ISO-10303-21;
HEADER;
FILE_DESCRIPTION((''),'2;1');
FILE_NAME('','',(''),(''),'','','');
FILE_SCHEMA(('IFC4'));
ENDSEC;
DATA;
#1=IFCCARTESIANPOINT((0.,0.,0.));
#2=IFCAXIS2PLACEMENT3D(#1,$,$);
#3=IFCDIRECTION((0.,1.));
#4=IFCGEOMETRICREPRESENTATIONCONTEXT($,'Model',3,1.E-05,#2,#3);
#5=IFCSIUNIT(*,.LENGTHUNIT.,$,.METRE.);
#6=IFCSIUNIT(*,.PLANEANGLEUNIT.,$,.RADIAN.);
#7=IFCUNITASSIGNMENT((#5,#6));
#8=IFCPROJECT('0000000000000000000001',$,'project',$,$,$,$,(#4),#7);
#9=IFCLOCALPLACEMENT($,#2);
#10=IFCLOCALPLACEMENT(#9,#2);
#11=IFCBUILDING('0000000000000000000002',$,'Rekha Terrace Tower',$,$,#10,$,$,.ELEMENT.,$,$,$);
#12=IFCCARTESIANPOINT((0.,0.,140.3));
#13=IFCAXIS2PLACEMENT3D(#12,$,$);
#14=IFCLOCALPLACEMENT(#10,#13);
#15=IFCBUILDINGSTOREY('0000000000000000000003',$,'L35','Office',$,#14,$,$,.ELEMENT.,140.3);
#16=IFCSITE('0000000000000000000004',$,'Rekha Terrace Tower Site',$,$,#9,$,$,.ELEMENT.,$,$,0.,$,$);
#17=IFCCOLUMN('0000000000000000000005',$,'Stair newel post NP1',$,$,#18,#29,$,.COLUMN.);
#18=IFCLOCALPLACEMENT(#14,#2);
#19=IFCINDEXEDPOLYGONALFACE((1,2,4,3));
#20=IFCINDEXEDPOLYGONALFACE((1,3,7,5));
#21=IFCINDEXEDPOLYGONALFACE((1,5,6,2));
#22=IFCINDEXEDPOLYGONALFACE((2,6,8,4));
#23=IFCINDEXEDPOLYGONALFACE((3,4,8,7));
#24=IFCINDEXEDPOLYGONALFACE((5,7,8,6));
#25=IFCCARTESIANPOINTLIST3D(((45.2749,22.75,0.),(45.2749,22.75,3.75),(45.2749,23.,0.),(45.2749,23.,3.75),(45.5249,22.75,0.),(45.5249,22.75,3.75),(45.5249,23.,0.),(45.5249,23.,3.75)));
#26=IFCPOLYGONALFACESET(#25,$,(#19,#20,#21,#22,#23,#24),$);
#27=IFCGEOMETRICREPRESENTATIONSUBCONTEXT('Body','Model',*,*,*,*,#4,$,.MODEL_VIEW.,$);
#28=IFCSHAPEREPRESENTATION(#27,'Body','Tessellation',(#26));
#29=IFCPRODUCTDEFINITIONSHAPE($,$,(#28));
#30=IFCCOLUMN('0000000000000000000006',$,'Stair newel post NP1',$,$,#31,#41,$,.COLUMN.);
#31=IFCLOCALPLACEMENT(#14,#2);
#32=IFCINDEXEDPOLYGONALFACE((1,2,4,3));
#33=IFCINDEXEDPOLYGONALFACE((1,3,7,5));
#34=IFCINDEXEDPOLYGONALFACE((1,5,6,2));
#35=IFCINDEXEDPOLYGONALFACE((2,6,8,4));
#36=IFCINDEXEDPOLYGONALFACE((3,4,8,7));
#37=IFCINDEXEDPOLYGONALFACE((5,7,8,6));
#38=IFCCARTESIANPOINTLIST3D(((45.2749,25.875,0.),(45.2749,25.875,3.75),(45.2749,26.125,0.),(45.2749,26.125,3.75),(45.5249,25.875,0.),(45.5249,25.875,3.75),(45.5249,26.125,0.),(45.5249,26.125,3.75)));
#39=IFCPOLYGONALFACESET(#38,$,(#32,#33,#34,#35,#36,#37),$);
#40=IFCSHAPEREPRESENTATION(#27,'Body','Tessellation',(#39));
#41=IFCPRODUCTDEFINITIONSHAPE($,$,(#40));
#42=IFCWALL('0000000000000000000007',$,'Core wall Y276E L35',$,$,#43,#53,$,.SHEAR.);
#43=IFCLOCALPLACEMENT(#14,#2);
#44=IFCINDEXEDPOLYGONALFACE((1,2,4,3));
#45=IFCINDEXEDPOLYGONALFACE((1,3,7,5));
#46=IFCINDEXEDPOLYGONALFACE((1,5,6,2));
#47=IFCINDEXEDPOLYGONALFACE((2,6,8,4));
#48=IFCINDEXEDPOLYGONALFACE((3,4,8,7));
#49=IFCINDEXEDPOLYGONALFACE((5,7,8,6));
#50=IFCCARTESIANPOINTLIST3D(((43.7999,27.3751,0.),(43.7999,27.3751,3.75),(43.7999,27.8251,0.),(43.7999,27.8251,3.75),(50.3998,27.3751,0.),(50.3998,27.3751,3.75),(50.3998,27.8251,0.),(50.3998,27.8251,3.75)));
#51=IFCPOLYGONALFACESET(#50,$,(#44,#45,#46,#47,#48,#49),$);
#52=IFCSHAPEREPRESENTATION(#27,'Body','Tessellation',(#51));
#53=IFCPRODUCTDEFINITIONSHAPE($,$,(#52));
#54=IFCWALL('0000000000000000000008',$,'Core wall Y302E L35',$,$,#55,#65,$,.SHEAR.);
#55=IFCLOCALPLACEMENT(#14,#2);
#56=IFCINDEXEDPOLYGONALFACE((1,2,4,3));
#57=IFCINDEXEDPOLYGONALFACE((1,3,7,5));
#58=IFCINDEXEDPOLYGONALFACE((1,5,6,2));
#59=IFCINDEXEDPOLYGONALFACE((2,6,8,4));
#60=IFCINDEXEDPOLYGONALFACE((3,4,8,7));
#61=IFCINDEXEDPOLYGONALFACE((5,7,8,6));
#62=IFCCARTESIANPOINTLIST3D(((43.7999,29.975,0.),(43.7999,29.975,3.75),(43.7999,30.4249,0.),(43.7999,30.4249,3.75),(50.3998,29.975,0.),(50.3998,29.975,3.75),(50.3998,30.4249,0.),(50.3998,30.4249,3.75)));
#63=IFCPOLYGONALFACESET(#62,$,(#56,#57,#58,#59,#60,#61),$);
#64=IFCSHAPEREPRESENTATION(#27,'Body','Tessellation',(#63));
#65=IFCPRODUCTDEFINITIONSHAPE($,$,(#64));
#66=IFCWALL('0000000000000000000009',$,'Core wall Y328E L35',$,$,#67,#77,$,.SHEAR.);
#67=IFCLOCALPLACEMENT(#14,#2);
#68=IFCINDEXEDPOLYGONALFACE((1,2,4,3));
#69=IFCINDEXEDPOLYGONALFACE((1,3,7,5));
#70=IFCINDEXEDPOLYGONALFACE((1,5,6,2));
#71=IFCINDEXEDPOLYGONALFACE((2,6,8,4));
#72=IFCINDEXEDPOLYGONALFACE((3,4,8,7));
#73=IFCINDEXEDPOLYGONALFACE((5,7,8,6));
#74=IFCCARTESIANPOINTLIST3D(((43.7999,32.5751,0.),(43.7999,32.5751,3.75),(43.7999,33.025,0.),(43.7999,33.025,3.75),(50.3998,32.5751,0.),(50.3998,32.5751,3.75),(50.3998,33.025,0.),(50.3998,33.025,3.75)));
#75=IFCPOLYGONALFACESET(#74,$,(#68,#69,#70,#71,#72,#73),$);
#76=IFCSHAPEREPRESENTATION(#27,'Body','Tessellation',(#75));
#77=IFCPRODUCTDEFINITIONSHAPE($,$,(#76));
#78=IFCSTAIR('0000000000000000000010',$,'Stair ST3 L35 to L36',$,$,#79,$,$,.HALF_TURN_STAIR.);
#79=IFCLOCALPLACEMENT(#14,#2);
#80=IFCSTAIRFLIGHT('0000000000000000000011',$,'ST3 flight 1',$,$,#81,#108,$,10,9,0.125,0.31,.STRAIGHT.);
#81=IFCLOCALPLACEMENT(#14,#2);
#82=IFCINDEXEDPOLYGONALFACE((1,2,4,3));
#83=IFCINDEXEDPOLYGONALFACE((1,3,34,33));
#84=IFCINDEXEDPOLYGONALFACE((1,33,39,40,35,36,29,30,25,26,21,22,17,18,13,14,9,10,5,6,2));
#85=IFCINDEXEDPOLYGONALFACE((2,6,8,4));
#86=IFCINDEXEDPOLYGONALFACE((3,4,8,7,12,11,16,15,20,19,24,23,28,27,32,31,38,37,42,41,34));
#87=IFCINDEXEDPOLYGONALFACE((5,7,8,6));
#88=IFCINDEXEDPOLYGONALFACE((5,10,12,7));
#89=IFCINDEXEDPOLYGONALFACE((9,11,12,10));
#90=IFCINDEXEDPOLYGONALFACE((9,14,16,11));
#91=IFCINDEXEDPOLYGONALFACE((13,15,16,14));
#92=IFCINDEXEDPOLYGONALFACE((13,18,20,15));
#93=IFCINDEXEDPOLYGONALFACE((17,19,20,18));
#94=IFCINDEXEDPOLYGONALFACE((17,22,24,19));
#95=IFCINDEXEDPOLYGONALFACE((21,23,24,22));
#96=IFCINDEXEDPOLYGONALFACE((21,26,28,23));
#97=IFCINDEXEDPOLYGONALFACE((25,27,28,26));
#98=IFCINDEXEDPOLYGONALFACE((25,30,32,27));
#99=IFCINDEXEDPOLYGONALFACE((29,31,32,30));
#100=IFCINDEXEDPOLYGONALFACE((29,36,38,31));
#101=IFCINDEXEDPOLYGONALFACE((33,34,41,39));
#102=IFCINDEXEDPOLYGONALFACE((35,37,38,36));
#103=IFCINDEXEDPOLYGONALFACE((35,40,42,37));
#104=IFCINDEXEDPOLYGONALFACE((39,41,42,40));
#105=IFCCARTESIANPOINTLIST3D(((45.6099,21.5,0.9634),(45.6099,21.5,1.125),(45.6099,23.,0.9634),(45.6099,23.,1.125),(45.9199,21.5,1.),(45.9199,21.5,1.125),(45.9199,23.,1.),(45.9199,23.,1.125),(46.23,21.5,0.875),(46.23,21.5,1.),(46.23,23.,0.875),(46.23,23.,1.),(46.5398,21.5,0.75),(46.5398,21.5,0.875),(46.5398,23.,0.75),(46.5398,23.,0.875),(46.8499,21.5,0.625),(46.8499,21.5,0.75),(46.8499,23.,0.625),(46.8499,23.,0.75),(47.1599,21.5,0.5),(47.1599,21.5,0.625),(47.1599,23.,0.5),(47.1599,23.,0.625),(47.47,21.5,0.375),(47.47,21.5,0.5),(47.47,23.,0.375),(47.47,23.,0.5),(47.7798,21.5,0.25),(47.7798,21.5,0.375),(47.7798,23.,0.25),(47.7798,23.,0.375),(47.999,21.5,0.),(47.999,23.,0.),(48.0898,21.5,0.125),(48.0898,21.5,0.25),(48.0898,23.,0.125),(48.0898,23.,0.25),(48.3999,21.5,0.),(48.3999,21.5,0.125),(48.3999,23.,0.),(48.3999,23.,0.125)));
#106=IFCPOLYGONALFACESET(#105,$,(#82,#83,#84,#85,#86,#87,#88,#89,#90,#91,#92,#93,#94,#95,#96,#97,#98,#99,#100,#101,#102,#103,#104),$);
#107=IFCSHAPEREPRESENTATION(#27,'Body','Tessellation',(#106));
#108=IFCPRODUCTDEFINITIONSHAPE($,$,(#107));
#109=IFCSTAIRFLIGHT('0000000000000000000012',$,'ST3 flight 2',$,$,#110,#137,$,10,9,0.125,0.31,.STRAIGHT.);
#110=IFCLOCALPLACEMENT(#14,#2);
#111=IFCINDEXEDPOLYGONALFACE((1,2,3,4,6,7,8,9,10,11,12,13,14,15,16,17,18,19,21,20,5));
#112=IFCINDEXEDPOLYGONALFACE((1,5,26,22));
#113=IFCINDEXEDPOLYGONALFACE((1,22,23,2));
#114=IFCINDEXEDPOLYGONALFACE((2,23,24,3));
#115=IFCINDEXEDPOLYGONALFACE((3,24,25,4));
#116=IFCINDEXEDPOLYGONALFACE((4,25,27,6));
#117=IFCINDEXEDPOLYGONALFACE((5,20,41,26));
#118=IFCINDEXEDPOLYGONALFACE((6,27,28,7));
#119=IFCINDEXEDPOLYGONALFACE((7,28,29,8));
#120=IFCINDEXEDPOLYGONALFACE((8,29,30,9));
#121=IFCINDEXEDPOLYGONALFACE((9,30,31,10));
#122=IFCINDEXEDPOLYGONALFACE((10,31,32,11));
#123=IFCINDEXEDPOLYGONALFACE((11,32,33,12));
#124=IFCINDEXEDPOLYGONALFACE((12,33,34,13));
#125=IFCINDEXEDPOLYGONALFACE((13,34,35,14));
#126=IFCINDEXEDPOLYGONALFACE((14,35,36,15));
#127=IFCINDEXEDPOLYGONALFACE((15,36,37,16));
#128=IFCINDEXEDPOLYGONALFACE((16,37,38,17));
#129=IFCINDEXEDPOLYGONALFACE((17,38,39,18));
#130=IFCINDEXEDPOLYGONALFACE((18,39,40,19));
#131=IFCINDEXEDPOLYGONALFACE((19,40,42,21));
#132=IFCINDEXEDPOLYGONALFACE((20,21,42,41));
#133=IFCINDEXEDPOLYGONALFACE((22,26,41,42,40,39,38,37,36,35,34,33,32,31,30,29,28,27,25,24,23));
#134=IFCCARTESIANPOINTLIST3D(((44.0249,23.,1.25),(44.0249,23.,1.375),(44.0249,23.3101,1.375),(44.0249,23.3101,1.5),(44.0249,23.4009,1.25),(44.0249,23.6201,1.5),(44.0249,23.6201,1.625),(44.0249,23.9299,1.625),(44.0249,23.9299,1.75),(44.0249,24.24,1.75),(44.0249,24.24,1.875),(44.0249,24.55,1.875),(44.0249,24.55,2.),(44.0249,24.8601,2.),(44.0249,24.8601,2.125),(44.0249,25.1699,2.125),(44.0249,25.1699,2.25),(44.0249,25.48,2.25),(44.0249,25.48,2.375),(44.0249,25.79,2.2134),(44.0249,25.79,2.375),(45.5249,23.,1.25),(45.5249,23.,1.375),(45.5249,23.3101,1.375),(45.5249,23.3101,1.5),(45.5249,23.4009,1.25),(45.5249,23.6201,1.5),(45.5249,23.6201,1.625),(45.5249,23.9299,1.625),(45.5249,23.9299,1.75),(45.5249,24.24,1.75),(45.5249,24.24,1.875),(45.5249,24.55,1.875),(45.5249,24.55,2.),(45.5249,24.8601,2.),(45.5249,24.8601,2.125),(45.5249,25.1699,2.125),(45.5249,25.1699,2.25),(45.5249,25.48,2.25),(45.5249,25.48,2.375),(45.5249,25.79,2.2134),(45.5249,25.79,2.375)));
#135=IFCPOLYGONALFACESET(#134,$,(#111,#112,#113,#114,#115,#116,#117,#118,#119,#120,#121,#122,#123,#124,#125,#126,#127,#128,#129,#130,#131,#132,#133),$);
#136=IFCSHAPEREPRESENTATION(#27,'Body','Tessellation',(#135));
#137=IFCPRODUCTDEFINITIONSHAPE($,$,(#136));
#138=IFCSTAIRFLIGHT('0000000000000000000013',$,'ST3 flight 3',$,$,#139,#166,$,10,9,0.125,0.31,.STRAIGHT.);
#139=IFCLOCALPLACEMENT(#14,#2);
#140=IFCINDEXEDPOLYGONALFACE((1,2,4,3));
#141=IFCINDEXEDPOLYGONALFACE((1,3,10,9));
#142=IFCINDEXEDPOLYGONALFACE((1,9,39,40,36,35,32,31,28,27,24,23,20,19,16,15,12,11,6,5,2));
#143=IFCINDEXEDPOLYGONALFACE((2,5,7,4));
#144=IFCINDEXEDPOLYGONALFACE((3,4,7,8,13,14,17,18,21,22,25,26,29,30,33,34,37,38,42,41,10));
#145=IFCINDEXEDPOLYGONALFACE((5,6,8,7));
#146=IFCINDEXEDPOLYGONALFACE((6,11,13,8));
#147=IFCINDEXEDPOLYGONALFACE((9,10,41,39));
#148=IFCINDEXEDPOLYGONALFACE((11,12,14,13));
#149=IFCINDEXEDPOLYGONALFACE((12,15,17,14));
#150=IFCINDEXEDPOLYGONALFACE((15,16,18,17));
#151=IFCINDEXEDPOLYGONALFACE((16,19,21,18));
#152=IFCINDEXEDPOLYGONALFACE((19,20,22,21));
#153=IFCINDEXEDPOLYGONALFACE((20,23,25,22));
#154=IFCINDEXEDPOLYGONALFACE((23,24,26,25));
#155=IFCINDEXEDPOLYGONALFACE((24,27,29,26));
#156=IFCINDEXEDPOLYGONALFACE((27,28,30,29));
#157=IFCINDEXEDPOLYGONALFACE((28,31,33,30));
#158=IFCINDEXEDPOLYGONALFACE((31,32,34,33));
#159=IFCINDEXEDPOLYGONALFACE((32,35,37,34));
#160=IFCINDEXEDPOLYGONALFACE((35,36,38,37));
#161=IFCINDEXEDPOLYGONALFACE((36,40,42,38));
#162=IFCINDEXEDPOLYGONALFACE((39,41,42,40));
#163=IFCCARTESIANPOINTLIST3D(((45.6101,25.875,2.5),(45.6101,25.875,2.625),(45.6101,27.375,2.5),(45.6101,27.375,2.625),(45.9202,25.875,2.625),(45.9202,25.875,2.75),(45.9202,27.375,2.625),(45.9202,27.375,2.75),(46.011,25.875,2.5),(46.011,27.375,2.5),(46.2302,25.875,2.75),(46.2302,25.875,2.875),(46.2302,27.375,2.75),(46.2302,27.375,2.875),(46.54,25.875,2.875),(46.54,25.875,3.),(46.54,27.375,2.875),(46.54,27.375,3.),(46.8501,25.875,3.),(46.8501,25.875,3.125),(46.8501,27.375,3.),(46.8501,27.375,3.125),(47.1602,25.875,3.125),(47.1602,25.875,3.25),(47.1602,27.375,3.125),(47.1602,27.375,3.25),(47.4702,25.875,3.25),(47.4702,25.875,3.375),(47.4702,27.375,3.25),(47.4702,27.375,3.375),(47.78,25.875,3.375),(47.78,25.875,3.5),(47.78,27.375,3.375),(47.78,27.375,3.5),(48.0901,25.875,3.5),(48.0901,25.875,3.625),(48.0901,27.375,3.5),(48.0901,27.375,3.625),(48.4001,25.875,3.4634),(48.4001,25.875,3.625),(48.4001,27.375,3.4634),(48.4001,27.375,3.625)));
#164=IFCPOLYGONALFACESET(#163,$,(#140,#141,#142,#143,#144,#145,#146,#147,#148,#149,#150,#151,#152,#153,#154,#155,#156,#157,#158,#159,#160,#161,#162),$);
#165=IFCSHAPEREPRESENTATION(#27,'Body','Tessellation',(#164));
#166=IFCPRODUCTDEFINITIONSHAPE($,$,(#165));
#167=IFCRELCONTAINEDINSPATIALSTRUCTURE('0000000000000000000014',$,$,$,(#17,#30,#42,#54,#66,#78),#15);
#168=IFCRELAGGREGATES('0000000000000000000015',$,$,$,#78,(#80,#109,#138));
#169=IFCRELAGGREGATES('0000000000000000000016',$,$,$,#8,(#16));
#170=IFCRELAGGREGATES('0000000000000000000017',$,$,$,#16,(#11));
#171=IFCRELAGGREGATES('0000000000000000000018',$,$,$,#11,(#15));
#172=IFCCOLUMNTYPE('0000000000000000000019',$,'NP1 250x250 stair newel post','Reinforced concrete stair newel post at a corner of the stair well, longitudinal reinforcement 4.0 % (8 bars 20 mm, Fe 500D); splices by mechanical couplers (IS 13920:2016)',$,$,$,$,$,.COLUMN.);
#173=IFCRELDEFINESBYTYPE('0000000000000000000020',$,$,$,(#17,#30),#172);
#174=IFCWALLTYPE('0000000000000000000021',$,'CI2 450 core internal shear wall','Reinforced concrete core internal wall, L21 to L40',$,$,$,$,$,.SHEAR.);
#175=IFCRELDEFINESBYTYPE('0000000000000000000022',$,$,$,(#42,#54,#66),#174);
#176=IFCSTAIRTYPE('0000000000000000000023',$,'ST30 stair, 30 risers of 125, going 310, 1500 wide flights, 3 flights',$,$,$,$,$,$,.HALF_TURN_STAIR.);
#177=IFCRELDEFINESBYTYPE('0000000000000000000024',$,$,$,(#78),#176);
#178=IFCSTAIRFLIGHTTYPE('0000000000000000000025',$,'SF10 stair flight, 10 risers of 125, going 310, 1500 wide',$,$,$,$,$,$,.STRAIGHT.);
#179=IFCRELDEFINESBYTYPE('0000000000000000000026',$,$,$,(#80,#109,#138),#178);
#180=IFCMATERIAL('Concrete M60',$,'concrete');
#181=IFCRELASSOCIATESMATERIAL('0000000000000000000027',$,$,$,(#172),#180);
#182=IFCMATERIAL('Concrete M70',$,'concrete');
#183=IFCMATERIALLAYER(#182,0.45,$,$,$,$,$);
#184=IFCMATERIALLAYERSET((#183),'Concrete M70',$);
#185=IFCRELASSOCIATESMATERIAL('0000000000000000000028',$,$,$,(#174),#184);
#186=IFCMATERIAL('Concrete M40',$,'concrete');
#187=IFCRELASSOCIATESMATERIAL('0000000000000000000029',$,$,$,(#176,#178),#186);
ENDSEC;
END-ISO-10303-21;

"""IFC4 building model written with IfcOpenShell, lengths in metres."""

from ifc_helpers import new_model, si_unit, direction, frame, frame_2d, origin, origin_2d, place, context, subcontext, project, spatial, polyline, rectangle, outline, extrude, material, layer, layer_set, material_profile, profile_set, type_object, element, aggregate, save


model = new_model("IFC4")

# Units and contexts
model_context = context("Model", 3, precision=1e-05, world=origin(), true_north=direction((0.0, 1.0)))
body_context = subcontext(model_context, "Body", "Model", "MODEL_VIEW")
ifc_project = project(units=[si_unit("LENGTHUNIT", "METRE"), si_unit("PLANEANGLEUNIT", "RADIAN")], contexts=[model_context])

# Site, building, storey
site_placement = place(None, origin())
site = spatial("IfcSite", under=ifc_project, at=site_placement, Name="Rekha Terrace Tower Site", CompositionType="ELEMENT", RefElevation=0.0)
building_placement = place(site_placement, origin())
building = spatial("IfcBuilding", under=site, at=building_placement, Name="Rekha Terrace Tower", CompositionType="ELEMENT")
storey_placement = place(building_placement, frame((0.0, 0.0, 140.3)))
storey = spatial("IfcBuildingStorey", under=building, at=storey_placement, Name="L35", Description="Office", CompositionType="ELEMENT", Elevation=140.3)

# Columns
ifc_material_1 = material(Name="Concrete M60", Category="concrete")
ifc_material_profile = material_profile(ifc_material_1, rectangle(XDim=0.25, YDim=0.25, at=origin_2d()), Name="RC 250x250")
ifc_profile_set = profile_set([ifc_material_profile], Name="Concrete M60")
column_type = type_object("IfcColumnType", Name="NP1 250x250 stair newel post", Description="Reinforced concrete stair newel post at a corner of the stair well, longitudinal reinforcement 4.0 % (8 bars 20 mm, Fe 500D); splices by mechanical couplers (IS 13920:2016)", PredefinedType="COLUMN", material=ifc_profile_set)
for number, where, z_axis, x_axis, name in (
    (1, (45.3999, 22.875, 0.0), (0.0, 0.0, 1.0), (1.0, 0.0, 0.0), "Stair newel post NP1"),
    (2, (45.3999, 26.0, 0.0), (0.0, 0.0, 1.0), (1.0, 0.0, 0.0), "Stair newel post NP1"),
):
    element("IfcColumn", number, at=place(storey_placement, frame(where, z_axis=z_axis, x_axis=x_axis)), inside=storey, type_object=column_type, Name=name, PredefinedType="COLUMN", context=body_context, shape_type="SweptSolid", body=[
        extrude(rectangle(XDim=0.25, YDim=0.25, at=origin_2d()), origin(), (0.0, 0.0, 1.0), 3.75),
    ])

# Walls
ifc_material_2 = material(Name="Concrete M70", Category="concrete")
ifc_layer = layer(ifc_material_2, 0.45)
ifc_layer_set = layer_set([ifc_layer], Name="Concrete M70")
wall_type = type_object("IfcWallType", Name="CI2 450 core internal shear wall", Description="Reinforced concrete core internal wall, L21 to L40", PredefinedType="SHEAR", material=ifc_layer_set)
for number, where, z_axis, x_axis, name in (
    (3, (43.8, 27.6001, 0.0), (0.0, 0.0, 1.0), (1.0, 0.0, 0.0), "Core wall Y276E L35"),
    (4, (43.8, 30.2, 0.0), (0.0, 0.0, 1.0), (1.0, 0.0, 0.0), "Core wall Y302E L35"),
    (5, (43.8, 32.8, 0.0), (0.0, 0.0, 1.0), (1.0, 0.0, 0.0), "Core wall Y328E L35"),
):
    element("IfcWall", number, at=place(storey_placement, frame(where, z_axis=z_axis, x_axis=x_axis)), inside=storey, type_object=wall_type, Name=name, PredefinedType="SHEAR", context=body_context, shape_type="SweptSolid", body=[
        extrude(rectangle(XDim=6.5999, YDim=0.45, at=frame_2d((3.2998, 0.0))), origin(), (0.0, 0.0, 1.0), 3.75),
    ])

# Stair, stair flights
ifc_material_3 = material(Name="Concrete M40", Category="concrete")
stair_type = type_object("IfcStairType", Name="ST30 stair, 30 risers of 125, going 310, 1500 wide flights, 3 flights", PredefinedType="HALF_TURN_STAIR", material=ifc_material_3)
stair_placement = place(storey_placement, origin())
stair = element("IfcStair", 6, at=stair_placement, inside=storey, type_object=stair_type, Name="Stair ST3 L35 to L36", PredefinedType="HALF_TURN_STAIR")
stair_flight_type = type_object("IfcStairFlightType", Name="SF10 stair flight, 10 risers of 125, going 310, 1500 wide", PredefinedType="STRAIGHT", material=ifc_material_3)
stair_flight_1_placement = place(storey_placement, frame((48.3999, 22.25, 0.0), z_axis=(0.0, 0.0, 1.0), x_axis=(-1.0, 0.0, 0.0)))
stair_flight_1 = element("IfcStairFlight", 7, at=stair_flight_1_placement, type_object=stair_flight_type, Name="ST3 flight 1", NumberOfRisers=10, NumberOfTreads=9, PredefinedType="STRAIGHT", RiserHeight=0.125, TreadLength=0.31, context=body_context, shape_type="SweptSolid", body=[
    extrude(outline(polyline([(0.0, 0.0), (0.0, 0.125), (0.3101, 0.125), (0.3101, 0.25), (0.6201, 0.25), (0.6201, 0.375), (0.9299, 0.375), (0.9299, 0.5), (1.24, 0.5), (1.24, 0.625), (1.55, 0.625), (1.55, 0.75), (1.8601, 0.75), (1.8601, 0.875), (2.1699, 0.875), (2.1699, 1.0), (2.48, 1.0), (2.48, 1.125), (2.79, 1.125), (2.79, 1.25), (2.79, 0.9634), (0.4009, 0.0), (0.0, 0.0)])), frame((0.0, 0.75, 0.0), z_axis=(0.0, -1.0, 0.0), x_axis=(1.0, 0.0, 0.0)), (0.0, 0.0, 1.0), 1.5),
])
stair_flight_2_placement = place(storey_placement, frame((44.7749, 23.0, 1.25), z_axis=(0.0, 0.0, 1.0), x_axis=(0.0, 1.0, 0.0)))
stair_flight_2 = element("IfcStairFlight", 8, at=stair_flight_2_placement, type_object=stair_flight_type, Name="ST3 flight 2", NumberOfRisers=10, NumberOfTreads=9, PredefinedType="STRAIGHT", RiserHeight=0.125, TreadLength=0.31, context=body_context, shape_type="SweptSolid", body=[
    extrude(outline(polyline([(0.0, 0.0), (0.0, 0.125), (0.3101, 0.125), (0.3101, 0.25), (0.6201, 0.25), (0.6201, 0.375), (0.9299, 0.375), (0.9299, 0.5), (1.24, 0.5), (1.24, 0.625), (1.55, 0.625), (1.55, 0.75), (1.8601, 0.75), (1.8601, 0.875), (2.1699, 0.875), (2.1699, 1.0), (2.48, 1.0), (2.48, 1.125), (2.79, 1.125), (2.79, 1.25), (2.79, 0.9634), (0.4009, 0.0), (0.0, 0.0)])), frame((0.0, 0.75, 0.0), z_axis=(0.0, -1.0, 0.0), x_axis=(1.0, 0.0, 0.0)), (0.0, 0.0, 1.0), 1.5),
])
stair_flight_3_placement = place(storey_placement, frame((45.6101, 26.625, 2.5), z_axis=(0.0, 0.0, 1.0), x_axis=(1.0, 0.0, 0.0)))
stair_flight_3 = element("IfcStairFlight", 9, at=stair_flight_3_placement, type_object=stair_flight_type, Name="ST3 flight 3", NumberOfRisers=10, NumberOfTreads=9, PredefinedType="STRAIGHT", RiserHeight=0.125, TreadLength=0.31, context=body_context, shape_type="SweptSolid", body=[
    extrude(outline(polyline([(0.0, 0.0), (0.0, 0.125), (0.3101, 0.125), (0.3101, 0.25), (0.6201, 0.25), (0.6201, 0.375), (0.9299, 0.375), (0.9299, 0.5), (1.24, 0.5), (1.24, 0.625), (1.55, 0.625), (1.55, 0.75), (1.8601, 0.75), (1.8601, 0.875), (2.1699, 0.875), (2.1699, 1.0), (2.48, 1.0), (2.48, 1.125), (2.79, 1.125), (2.79, 1.25), (2.79, 0.9634), (0.4009, 0.0), (0.0, 0.0)])), frame((0.0, 0.75, 0.0), z_axis=(0.0, -1.0, 0.0), x_axis=(1.0, 0.0, 0.0)), (0.0, 0.0, 1.0), 1.5),
])
aggregate(stair, [stair_flight_1, stair_flight_2, stair_flight_3])

save(model, "model.ifc")
